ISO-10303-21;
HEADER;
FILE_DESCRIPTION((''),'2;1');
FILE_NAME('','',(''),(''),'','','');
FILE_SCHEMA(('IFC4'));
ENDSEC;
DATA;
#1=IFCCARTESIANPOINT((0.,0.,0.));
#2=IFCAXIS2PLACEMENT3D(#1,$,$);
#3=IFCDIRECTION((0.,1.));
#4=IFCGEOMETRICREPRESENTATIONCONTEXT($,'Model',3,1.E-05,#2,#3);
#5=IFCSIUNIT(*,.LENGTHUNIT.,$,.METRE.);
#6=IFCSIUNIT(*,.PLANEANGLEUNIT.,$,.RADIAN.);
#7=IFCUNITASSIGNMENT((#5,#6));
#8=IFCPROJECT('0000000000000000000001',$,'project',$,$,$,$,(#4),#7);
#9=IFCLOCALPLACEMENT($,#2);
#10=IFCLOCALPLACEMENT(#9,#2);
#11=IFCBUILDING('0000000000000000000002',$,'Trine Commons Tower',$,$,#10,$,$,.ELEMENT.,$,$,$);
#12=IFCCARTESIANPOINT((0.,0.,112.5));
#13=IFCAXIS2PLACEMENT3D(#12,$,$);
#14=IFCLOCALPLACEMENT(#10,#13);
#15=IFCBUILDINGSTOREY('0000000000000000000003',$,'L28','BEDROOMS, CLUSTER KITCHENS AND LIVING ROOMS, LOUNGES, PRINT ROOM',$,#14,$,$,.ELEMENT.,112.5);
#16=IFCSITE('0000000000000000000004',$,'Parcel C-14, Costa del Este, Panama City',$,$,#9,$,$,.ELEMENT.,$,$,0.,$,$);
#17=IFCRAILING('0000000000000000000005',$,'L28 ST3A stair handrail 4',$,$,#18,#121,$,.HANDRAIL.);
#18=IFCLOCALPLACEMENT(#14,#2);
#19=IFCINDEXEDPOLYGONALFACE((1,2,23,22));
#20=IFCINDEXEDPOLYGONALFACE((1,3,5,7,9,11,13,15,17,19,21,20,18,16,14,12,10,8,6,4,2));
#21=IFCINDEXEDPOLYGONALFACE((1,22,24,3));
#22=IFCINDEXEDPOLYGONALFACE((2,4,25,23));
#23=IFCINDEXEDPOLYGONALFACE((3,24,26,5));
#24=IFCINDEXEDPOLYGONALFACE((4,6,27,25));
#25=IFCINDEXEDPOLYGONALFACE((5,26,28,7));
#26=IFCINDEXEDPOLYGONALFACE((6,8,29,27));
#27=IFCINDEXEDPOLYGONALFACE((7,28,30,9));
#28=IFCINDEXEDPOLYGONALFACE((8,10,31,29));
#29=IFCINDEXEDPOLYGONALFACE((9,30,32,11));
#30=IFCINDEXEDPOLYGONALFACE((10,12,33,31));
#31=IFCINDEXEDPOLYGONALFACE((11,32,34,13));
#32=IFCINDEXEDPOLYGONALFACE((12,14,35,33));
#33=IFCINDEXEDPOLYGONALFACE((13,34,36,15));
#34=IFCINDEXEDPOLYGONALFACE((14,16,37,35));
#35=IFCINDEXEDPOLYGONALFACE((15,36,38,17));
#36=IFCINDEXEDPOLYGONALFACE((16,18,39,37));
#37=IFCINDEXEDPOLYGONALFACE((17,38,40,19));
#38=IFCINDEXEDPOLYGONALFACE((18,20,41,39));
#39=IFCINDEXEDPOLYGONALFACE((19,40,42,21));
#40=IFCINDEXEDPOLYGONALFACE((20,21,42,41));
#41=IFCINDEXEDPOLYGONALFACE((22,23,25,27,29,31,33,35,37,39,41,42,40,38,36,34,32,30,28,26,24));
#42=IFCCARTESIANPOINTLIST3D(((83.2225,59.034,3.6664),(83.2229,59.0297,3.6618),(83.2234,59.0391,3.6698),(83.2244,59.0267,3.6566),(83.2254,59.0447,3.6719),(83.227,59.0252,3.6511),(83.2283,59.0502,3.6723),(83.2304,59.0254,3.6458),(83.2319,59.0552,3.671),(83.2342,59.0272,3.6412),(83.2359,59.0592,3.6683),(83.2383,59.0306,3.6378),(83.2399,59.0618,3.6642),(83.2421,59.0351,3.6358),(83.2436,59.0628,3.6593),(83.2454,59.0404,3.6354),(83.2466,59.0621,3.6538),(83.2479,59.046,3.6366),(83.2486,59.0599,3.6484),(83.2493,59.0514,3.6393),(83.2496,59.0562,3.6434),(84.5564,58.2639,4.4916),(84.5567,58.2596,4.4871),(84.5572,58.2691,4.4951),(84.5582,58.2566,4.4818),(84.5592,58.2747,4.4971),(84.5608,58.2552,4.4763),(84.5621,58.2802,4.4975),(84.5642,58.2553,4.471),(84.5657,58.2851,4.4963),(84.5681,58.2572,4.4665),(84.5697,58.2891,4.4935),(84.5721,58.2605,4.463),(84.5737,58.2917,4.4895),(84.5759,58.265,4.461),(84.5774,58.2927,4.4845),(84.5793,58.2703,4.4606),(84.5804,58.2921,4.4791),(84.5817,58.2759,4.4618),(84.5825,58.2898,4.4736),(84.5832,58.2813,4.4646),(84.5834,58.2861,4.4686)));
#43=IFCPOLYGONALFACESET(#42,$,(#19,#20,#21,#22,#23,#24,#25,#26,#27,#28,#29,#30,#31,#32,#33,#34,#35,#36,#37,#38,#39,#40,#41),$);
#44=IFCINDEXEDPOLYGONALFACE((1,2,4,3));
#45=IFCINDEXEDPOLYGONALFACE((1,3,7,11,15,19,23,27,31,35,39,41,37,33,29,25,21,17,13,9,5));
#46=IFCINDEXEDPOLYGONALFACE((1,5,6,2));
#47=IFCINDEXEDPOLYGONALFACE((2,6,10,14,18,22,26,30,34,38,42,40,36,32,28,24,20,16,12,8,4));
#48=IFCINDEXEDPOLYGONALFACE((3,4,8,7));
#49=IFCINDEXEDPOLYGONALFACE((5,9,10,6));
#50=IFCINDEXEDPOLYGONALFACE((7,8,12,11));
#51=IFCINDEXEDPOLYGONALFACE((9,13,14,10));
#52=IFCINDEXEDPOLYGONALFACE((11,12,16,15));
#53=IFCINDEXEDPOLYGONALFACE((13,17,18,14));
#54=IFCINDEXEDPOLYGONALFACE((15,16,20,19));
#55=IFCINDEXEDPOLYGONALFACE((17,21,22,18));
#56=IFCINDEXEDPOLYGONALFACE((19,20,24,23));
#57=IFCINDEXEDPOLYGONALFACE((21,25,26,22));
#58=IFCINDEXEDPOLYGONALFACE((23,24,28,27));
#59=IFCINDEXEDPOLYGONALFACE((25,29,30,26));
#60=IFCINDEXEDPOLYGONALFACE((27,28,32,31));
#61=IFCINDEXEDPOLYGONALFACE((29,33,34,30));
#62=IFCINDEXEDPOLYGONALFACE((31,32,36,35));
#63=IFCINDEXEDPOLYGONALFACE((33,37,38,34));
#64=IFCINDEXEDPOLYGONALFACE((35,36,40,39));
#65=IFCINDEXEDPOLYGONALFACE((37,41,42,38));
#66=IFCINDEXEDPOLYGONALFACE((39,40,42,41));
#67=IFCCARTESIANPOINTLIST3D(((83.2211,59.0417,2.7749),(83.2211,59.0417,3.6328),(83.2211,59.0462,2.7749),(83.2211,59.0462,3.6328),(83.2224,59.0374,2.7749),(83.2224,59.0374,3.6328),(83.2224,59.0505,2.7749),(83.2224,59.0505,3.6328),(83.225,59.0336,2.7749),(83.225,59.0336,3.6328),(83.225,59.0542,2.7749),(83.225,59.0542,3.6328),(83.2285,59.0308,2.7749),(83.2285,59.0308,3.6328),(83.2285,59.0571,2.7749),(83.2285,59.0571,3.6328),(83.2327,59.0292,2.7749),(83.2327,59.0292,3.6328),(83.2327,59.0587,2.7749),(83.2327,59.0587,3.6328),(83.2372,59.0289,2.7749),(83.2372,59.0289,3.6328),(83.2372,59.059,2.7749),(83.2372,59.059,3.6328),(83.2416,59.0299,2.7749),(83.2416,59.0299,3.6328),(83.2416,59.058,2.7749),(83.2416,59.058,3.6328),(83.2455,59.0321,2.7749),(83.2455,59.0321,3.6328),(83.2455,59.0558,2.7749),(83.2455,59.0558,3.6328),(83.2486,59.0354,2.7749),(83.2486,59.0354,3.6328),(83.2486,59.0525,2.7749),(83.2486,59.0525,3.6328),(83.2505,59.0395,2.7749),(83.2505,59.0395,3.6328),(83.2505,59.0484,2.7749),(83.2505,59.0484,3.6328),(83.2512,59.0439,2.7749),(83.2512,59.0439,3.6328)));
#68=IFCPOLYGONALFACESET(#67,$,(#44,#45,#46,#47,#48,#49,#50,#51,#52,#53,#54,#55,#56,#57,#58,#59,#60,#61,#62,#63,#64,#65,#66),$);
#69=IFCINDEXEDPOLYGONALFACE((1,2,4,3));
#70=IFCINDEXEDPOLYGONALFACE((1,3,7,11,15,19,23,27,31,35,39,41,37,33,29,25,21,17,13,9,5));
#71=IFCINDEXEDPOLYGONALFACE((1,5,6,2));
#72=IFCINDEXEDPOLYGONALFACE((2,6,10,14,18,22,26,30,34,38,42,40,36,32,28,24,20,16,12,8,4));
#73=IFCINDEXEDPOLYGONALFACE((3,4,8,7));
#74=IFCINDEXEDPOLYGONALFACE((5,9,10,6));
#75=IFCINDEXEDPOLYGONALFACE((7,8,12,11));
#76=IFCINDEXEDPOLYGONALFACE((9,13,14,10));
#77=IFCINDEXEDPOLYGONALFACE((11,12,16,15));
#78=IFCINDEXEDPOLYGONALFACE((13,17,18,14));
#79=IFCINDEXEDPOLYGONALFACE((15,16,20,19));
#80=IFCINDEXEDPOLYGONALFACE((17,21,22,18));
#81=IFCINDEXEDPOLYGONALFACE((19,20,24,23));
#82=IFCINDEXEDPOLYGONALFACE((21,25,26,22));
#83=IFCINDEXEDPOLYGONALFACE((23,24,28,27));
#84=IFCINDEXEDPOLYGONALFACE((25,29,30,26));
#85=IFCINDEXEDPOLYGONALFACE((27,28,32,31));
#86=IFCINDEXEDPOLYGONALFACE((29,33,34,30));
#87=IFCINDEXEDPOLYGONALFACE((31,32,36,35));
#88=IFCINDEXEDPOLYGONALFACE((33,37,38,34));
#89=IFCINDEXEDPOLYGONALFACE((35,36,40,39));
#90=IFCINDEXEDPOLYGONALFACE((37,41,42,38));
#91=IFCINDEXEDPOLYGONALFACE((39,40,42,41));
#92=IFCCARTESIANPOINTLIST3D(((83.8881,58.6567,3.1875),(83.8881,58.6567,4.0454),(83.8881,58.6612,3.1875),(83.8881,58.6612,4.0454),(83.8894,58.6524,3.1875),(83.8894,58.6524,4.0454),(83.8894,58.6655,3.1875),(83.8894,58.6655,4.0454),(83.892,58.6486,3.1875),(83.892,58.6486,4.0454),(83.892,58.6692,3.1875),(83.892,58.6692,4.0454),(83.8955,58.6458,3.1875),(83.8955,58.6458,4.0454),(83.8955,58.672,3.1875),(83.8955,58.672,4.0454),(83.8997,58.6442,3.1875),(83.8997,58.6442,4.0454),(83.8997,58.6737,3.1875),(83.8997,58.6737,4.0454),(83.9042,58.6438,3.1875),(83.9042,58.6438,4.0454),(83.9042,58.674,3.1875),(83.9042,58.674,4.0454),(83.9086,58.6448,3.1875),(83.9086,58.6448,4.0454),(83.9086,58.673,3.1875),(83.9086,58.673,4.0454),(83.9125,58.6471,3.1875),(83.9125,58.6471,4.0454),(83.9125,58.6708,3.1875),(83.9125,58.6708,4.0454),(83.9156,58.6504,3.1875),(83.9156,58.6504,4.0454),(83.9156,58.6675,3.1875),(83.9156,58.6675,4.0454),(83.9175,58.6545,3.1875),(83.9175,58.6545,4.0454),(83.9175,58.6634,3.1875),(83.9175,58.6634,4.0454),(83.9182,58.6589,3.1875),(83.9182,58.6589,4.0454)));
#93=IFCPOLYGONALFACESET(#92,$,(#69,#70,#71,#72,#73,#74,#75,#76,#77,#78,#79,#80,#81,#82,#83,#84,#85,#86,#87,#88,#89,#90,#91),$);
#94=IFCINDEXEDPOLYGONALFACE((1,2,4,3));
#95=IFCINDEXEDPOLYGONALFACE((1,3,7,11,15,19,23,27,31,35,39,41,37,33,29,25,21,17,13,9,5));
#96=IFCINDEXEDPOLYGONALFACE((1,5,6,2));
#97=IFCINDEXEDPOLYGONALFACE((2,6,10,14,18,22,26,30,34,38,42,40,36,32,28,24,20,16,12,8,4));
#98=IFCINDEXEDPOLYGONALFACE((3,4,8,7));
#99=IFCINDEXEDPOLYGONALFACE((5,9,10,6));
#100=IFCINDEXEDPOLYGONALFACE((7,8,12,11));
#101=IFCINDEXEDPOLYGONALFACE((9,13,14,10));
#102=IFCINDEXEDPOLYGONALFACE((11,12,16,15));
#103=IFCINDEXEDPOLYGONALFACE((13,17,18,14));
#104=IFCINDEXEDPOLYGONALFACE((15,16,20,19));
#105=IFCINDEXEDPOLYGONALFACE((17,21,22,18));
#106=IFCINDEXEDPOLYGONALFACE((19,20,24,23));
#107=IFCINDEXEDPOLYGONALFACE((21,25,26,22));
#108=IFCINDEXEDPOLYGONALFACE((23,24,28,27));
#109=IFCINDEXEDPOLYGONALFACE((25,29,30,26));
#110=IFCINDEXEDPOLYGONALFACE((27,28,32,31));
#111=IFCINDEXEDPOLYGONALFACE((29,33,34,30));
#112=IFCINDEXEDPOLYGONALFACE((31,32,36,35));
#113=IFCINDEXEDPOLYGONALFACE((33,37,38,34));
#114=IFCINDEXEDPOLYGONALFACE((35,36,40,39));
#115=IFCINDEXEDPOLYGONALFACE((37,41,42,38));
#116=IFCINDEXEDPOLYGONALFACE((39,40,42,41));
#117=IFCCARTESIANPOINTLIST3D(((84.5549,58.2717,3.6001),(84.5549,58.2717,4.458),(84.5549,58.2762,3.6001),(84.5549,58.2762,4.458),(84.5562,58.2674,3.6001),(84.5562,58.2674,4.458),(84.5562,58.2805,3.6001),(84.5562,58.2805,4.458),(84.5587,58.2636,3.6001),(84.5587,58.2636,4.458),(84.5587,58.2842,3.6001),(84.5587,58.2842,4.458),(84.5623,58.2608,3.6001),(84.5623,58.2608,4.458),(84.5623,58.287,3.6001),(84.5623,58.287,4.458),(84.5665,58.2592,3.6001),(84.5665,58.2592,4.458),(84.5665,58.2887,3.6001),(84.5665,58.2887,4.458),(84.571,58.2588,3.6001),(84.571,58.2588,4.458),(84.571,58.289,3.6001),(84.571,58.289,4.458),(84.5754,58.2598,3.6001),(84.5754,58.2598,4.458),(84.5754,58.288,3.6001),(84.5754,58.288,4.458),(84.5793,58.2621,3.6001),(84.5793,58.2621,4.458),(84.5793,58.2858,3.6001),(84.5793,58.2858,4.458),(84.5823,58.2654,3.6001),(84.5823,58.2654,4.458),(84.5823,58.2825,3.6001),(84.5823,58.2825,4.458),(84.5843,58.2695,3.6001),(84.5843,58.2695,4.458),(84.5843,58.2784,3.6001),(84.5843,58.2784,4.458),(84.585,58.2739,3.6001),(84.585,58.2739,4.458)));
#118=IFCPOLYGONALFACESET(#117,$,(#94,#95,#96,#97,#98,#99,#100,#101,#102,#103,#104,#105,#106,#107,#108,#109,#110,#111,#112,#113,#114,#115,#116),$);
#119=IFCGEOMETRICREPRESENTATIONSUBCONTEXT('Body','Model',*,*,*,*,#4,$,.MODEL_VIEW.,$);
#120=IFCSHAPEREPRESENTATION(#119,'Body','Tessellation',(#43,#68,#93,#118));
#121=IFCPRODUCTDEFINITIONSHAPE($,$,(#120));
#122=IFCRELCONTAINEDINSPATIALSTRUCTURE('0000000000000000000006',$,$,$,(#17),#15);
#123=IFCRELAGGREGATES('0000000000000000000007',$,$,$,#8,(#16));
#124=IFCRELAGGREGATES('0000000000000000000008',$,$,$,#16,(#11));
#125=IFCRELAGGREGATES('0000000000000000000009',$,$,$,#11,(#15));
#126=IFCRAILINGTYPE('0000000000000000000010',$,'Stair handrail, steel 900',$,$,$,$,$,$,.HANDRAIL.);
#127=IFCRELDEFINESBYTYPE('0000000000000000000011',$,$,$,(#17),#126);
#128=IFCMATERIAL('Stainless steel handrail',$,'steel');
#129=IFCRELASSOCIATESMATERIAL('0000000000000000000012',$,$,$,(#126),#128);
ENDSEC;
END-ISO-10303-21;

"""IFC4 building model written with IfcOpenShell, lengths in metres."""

from ifc_helpers import new_model, si_unit, direction, frame, origin, origin_2d, place, context, subcontext, project, spatial, circle, extrude, material, type_object, element, save


model = new_model("IFC4")

# Units and contexts
model_context = context("Model", 3, precision=1e-05, world=origin(), true_north=direction((0.0, 1.0)))
body_context = subcontext(model_context, "Body", "Model", "MODEL_VIEW")
ifc_project = project(units=[si_unit("LENGTHUNIT", "METRE"), si_unit("PLANEANGLEUNIT", "RADIAN")], contexts=[model_context])

# Site, building, storey
site_placement = place(None, origin())
site = spatial("IfcSite", under=ifc_project, at=site_placement, Name="Parcel C-14, Costa del Este, Panama City", CompositionType="ELEMENT", RefElevation=0.0)
building_placement = place(site_placement, origin())
building = spatial("IfcBuilding", under=site, at=building_placement, Name="Trine Commons Tower", CompositionType="ELEMENT")
storey_placement = place(building_placement, frame((0.0, 0.0, 112.5)))
storey = spatial("IfcBuildingStorey", under=building, at=storey_placement, Name="L28", Description="BEDROOMS, CLUSTER KITCHENS AND LIVING ROOMS, LOUNGES, PRINT ROOM", CompositionType="ELEMENT", Elevation=112.5)

# Railing
ifc_material_1 = material(Name="Stainless steel handrail", Category="steel")
railing_type_1 = type_object("IfcRailingType", Name="Stair handrail, steel 900", PredefinedType="HANDRAIL", material=ifc_material_1)
railing_1_placement = place(storey_placement, frame((83.2361, 59.0439, 2.7749)))
element("IfcRailing", 1, at=railing_1_placement, inside=storey, type_object=railing_type_1, Name="L28 ST3A stair handrail 4", PredefinedType="HANDRAIL", context=body_context, shape_type="SweptSolid", body=[
    extrude(circle(Radius=0.021, at=origin_2d()), frame((0.0, 0.0, 0.8789), z_axis=(0.763355, -0.440714, 0.472293), x_axis=(0.499992, 0.86603, 0.0)), (0.0, 0.0, 1.0), 1.7473),
    extrude(circle(Radius=0.0151, at=origin_2d()), origin(), (0.0, 0.0, 1.0), 0.8579),
    extrude(circle(Radius=0.0151, at=origin_2d()), frame((0.667, -0.385, 0.4126)), (0.0, 0.0, 1.0), 0.8579),
    extrude(circle(Radius=0.0151, at=origin_2d()), frame((1.3337, -0.77, 0.8252)), (0.0, 0.0, 1.0), 0.8579),
])

save(model, "model.ifc")
